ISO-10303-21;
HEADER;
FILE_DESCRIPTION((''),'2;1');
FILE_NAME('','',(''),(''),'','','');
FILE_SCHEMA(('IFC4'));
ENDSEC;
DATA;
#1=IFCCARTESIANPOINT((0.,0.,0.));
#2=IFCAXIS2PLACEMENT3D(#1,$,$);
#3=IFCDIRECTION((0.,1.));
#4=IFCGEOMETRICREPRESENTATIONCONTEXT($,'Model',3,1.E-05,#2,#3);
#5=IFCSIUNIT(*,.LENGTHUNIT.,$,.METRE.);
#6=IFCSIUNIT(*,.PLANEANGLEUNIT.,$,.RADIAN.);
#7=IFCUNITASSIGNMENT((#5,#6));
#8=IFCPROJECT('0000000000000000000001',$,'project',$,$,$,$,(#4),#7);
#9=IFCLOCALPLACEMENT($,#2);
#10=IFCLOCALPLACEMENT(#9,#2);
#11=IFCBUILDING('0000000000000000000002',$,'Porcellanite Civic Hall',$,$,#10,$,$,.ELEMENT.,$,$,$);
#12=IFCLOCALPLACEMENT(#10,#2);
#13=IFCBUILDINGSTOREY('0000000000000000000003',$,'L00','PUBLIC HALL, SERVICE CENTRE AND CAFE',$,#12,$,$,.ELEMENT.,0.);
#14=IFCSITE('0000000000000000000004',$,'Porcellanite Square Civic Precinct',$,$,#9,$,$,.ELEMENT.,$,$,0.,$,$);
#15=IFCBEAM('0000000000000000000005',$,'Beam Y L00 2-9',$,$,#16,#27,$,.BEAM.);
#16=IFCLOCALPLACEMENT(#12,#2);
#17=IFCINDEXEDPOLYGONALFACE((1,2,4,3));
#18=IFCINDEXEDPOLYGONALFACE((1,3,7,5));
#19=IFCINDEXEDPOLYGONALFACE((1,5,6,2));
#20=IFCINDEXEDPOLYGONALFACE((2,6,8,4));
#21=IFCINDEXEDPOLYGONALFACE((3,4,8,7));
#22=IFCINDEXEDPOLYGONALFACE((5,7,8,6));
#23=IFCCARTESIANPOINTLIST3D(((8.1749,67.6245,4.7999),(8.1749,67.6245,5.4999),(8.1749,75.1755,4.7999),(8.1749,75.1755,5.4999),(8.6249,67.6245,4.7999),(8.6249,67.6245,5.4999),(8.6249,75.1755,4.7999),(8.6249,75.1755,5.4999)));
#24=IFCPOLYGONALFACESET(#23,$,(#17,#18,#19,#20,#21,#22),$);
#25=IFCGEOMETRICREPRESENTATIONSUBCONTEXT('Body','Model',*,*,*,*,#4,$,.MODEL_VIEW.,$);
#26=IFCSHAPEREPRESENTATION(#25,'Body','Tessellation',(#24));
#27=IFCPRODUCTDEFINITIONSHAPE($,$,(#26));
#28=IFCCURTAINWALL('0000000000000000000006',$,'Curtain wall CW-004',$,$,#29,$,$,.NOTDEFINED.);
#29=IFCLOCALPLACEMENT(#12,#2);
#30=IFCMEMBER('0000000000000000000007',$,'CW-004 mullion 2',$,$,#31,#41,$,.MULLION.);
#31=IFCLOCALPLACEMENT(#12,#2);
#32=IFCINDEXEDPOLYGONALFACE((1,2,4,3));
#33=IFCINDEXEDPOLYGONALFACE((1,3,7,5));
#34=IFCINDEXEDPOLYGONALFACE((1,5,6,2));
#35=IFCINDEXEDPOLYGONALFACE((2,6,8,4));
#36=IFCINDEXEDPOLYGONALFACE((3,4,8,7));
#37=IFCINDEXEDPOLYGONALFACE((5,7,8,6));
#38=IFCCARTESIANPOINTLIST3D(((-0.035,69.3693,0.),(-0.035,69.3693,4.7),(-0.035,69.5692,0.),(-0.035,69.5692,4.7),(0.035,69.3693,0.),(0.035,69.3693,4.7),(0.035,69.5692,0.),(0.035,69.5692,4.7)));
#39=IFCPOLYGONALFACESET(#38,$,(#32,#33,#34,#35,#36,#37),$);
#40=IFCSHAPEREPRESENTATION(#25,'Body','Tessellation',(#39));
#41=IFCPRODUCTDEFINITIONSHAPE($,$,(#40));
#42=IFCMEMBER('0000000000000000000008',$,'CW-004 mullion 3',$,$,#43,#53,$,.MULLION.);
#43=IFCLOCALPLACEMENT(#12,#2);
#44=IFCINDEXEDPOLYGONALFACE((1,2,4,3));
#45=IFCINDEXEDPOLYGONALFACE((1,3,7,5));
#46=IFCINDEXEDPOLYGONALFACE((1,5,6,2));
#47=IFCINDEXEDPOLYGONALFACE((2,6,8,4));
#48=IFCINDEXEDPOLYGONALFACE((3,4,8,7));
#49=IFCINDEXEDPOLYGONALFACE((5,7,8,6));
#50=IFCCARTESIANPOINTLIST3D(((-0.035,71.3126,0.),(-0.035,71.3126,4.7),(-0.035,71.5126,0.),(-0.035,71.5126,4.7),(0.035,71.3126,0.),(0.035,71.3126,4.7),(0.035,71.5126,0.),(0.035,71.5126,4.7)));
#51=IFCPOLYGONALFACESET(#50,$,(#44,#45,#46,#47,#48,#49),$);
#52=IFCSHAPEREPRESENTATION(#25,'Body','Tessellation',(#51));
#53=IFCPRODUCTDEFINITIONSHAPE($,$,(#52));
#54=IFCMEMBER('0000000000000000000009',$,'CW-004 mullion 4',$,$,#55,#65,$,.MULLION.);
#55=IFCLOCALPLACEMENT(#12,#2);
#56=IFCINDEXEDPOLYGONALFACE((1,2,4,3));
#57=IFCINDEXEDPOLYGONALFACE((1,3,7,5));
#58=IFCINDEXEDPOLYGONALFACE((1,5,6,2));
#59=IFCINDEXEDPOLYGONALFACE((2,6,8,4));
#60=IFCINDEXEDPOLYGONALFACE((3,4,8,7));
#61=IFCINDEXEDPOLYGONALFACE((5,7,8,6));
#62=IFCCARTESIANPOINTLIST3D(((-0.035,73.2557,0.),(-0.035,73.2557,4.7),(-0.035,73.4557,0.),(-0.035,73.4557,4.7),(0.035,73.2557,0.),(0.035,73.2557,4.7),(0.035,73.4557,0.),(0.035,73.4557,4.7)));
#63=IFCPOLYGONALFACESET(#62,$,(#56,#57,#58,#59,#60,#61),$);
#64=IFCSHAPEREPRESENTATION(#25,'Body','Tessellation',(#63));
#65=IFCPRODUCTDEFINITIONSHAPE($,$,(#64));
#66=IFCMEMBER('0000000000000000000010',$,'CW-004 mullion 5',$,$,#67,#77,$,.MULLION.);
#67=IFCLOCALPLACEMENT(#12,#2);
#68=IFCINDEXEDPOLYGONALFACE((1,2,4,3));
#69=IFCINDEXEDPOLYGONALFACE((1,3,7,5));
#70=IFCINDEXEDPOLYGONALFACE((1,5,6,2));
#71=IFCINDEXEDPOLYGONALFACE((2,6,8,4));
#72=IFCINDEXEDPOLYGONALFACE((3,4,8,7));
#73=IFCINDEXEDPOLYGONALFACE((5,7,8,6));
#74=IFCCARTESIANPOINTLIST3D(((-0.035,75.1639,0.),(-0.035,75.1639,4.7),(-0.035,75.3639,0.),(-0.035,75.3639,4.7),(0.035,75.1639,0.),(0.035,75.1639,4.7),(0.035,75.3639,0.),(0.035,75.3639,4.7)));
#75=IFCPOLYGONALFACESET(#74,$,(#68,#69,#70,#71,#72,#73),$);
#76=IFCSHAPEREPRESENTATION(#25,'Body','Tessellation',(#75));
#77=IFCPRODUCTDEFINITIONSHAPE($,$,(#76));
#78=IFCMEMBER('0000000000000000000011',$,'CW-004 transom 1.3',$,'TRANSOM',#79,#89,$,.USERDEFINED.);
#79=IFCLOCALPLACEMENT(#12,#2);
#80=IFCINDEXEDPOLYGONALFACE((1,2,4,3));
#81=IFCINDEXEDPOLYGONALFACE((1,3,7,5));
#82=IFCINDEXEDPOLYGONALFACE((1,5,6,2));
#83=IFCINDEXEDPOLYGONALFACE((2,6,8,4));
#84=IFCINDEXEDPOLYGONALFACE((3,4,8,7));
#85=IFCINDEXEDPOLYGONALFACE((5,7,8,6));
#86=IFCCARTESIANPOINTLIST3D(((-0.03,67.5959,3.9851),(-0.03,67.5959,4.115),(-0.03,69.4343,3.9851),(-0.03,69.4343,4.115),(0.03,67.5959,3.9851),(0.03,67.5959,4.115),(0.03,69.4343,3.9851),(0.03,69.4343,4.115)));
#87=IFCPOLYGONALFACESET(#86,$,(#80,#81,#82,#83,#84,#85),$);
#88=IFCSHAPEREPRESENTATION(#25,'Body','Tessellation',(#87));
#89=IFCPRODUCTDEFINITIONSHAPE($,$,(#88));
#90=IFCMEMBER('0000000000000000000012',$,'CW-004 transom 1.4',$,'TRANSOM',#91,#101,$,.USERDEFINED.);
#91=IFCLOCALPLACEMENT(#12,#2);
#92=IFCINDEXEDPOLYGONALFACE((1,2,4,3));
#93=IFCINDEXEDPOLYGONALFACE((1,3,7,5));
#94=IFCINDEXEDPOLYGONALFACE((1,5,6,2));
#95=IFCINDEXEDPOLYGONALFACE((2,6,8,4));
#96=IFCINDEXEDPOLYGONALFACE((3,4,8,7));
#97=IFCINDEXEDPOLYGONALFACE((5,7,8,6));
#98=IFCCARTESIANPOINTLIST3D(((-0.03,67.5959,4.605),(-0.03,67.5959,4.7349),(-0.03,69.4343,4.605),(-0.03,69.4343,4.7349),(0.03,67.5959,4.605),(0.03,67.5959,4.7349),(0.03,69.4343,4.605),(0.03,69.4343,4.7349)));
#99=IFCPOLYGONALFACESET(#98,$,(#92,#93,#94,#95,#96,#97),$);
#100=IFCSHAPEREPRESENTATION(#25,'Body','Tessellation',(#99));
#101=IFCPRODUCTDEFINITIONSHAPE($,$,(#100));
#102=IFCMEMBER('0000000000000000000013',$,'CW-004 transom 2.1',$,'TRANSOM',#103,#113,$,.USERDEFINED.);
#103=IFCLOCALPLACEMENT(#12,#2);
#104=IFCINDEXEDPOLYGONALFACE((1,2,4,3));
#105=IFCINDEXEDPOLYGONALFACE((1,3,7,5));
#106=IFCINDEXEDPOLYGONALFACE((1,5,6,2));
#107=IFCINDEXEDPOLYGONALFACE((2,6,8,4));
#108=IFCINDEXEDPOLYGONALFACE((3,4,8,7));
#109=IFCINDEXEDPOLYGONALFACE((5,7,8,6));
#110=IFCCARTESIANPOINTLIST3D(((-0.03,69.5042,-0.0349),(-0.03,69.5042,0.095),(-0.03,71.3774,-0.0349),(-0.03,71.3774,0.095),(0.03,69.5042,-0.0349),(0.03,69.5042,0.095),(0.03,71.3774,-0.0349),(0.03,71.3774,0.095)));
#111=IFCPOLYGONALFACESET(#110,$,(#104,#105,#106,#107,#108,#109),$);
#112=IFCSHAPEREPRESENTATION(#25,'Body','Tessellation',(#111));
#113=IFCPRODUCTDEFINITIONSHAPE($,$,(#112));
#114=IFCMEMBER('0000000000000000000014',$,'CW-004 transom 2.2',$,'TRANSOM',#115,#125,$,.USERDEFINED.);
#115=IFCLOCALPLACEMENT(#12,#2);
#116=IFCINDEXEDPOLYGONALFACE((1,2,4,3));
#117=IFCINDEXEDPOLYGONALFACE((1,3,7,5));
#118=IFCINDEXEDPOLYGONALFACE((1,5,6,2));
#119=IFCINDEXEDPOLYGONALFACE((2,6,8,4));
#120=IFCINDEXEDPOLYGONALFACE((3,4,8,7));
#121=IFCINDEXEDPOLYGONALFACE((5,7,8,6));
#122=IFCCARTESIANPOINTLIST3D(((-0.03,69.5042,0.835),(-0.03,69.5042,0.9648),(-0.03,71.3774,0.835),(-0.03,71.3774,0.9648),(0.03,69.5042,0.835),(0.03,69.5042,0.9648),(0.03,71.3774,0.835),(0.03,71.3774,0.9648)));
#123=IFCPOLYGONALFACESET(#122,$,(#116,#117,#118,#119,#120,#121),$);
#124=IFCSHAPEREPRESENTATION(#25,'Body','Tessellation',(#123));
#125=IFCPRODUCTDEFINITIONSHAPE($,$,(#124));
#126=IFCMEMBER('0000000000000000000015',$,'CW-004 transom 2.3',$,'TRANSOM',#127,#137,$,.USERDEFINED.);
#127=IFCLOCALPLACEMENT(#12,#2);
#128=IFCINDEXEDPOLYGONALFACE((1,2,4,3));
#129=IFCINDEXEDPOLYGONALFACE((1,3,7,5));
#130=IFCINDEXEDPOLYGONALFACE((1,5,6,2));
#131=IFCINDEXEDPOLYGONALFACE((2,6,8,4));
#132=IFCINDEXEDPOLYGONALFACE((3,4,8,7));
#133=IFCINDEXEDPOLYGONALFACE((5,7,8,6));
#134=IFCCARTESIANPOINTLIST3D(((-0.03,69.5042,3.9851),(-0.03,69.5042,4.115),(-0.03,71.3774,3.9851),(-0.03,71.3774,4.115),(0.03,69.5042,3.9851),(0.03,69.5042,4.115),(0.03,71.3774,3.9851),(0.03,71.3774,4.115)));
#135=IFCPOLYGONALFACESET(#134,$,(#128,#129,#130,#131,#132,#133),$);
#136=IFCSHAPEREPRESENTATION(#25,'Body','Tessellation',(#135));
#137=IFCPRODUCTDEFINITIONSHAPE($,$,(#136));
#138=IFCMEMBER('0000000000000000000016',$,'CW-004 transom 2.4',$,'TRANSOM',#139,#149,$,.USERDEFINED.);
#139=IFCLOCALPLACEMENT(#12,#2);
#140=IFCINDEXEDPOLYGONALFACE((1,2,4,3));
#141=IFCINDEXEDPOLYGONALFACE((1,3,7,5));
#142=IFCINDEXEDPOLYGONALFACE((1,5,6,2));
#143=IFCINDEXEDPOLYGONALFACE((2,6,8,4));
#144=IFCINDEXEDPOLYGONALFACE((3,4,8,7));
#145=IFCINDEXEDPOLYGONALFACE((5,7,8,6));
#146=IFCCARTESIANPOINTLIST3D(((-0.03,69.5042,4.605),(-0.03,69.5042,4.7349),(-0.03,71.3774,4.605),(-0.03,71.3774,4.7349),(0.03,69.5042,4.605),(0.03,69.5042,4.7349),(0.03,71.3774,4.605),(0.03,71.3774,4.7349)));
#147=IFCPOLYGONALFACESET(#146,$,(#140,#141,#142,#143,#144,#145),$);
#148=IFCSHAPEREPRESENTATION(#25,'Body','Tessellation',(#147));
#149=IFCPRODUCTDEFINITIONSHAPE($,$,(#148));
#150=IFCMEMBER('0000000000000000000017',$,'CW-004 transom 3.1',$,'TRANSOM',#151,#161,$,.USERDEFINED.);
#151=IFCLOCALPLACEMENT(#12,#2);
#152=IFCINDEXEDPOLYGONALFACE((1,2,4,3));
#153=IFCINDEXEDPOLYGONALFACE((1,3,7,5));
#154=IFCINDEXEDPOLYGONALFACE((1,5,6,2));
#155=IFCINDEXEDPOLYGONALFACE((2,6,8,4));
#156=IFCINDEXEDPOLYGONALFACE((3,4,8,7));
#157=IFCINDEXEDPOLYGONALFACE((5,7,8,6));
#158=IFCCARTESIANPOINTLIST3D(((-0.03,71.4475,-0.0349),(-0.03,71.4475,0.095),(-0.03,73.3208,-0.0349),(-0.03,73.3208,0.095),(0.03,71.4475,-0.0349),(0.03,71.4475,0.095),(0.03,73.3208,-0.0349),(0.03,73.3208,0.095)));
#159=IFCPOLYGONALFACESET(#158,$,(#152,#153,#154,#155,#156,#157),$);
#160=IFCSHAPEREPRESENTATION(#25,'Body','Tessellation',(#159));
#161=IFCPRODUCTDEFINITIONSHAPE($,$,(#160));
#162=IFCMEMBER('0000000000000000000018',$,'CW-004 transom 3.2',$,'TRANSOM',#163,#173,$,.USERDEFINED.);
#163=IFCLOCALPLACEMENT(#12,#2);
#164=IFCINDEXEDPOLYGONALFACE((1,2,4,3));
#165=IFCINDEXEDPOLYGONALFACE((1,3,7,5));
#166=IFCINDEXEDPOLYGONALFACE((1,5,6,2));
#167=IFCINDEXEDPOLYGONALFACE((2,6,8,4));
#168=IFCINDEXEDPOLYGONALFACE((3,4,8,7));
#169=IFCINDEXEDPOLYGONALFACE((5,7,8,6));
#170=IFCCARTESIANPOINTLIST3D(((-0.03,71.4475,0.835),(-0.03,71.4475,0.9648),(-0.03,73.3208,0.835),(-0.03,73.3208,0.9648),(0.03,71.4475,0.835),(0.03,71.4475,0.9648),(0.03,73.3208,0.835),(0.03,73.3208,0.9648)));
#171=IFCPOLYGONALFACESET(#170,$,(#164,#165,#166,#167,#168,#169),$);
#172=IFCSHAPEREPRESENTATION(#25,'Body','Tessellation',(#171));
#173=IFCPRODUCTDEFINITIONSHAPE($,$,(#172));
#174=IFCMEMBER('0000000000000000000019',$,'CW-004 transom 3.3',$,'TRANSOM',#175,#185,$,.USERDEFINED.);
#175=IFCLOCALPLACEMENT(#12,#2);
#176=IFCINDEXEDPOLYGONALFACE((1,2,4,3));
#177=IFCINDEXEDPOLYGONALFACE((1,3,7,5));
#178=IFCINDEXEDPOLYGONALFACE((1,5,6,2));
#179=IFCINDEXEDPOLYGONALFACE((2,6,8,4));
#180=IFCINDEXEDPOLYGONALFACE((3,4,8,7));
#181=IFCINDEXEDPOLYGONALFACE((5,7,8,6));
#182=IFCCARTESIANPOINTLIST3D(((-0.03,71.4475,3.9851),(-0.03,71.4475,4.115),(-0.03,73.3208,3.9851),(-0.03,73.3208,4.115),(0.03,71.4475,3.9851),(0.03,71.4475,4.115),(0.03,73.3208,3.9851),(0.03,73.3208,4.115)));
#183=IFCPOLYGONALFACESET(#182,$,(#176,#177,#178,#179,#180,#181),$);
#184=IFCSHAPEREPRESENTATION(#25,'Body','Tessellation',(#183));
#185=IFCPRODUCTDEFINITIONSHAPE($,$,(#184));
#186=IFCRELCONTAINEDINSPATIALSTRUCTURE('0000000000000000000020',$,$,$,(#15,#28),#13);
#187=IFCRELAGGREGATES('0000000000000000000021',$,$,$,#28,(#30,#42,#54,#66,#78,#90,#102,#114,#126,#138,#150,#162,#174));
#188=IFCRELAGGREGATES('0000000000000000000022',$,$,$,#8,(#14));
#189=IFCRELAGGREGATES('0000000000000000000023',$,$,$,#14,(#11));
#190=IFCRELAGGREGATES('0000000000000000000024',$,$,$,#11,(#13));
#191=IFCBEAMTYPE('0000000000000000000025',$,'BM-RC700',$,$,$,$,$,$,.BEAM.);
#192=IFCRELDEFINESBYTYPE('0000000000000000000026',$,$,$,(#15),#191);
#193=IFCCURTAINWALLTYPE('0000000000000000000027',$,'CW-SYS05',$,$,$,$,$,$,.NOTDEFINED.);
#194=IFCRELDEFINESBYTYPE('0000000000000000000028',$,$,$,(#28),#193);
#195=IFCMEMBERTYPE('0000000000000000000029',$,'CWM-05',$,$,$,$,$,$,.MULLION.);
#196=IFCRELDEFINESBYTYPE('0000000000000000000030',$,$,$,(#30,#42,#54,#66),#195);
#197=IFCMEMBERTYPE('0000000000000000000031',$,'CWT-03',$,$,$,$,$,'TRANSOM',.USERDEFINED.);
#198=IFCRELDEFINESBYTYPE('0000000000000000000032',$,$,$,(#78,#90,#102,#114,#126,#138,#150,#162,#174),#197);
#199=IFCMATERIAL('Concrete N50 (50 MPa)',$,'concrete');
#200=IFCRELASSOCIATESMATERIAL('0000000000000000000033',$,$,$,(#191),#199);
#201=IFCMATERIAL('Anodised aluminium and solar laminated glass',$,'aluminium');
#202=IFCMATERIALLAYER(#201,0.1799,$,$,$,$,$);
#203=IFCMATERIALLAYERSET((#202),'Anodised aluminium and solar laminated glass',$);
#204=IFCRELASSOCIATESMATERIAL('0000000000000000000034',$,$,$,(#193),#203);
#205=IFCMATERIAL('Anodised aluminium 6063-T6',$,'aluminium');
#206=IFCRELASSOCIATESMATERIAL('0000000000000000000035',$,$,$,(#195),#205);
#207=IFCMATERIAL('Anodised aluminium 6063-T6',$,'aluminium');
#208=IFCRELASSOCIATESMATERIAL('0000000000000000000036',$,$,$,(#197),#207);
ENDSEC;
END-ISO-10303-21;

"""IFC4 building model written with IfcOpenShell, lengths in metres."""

from ifc_helpers import new_model, si_unit, direction, frame, origin, origin_2d, place, context, subcontext, project, spatial, rectangle, extrude, material, layer, layer_set, material_profile, profile_set, type_object, element, aggregate, save


model = new_model("IFC4")

# Units and contexts
model_context = context("Model", 3, precision=1e-05, world=origin(), true_north=direction((0.0, 1.0)))
body_context = subcontext(model_context, "Body", "Model", "MODEL_VIEW")
ifc_project = project(units=[si_unit("LENGTHUNIT", "METRE"), si_unit("PLANEANGLEUNIT", "RADIAN")], contexts=[model_context])

# Site, building, storey
site_placement = place(None, origin())
site = spatial("IfcSite", under=ifc_project, at=site_placement, Name="Porcellanite Square Civic Precinct", CompositionType="ELEMENT", RefElevation=0.0)
building_placement = place(site_placement, origin())
building = spatial("IfcBuilding", under=site, at=building_placement, Name="Porcellanite Civic Hall", CompositionType="ELEMENT")
storey_placement = place(building_placement, origin())
storey = spatial("IfcBuildingStorey", under=building, at=storey_placement, Name="L00", Description="PUBLIC HALL, SERVICE CENTRE AND CAFE", CompositionType="ELEMENT", Elevation=0.0)

# Beam
ifc_material_1 = material(Name="Concrete N50 (50 MPa)", Category="concrete")
ifc_material_profile_1 = material_profile(ifc_material_1, rectangle(XDim=0.45, YDim=0.7, at=origin_2d()), Name="RC-450x700")
ifc_profile_set_1 = profile_set([ifc_material_profile_1], Name="Concrete N50 (50 MPa)")
beam_type = type_object("IfcBeamType", Name="BM-RC700", PredefinedType="BEAM", material=ifc_profile_set_1)
beam_placement = place(storey_placement, frame((8.3999, 67.6245, 5.1499), z_axis=(0.0, 1.0, 0.0), x_axis=(-1.0, 0.0, 0.0)))
element("IfcBeam", 1, at=beam_placement, inside=storey, type_object=beam_type, Name="Beam Y L00 2-9", PredefinedType="BEAM", context=body_context, shape_type="SweptSolid", body=[
    extrude(rectangle(XDim=0.45, YDim=0.7, at=origin_2d()), origin(), (0.0, 0.0, 1.0), 7.551),
])

# Curtain wall, members
ifc_material_2 = material(Name="Anodised aluminium and solar laminated glass", Category="aluminium")
ifc_layer_1 = layer(ifc_material_2, 0.1799)
ifc_layer_set_1 = layer_set([ifc_layer_1], Name="Anodised aluminium and solar laminated glass")
curtain_wall_type = type_object("IfcCurtainWallType", Name="CW-SYS05", PredefinedType="NOTDEFINED", material=ifc_layer_set_1)
curtain_wall_placement = place(storey_placement, origin())
curtain_wall = element("IfcCurtainWall", 2, at=curtain_wall_placement, inside=storey, type_object=curtain_wall_type, Name="Curtain wall CW-004", PredefinedType="NOTDEFINED")
ifc_material_3 = material(Name="Anodised aluminium 6063-T6", Category="aluminium")
ifc_material_profile_2 = material_profile(ifc_material_3, rectangle(XDim=0.0701, YDim=0.2, at=origin_2d()), Name="AL-70x200")
ifc_profile_set_2 = profile_set([ifc_material_profile_2], Name="Anodised aluminium 6063-T6")
member_type_1 = type_object("IfcMemberType", Name="CWM-05", PredefinedType="MULLION", material=ifc_profile_set_2)
member_1_placement = place(storey_placement, frame((0.0, 69.4692, 0.0), z_axis=(0.0, 0.0, 1.0), x_axis=(-1.0, 0.0, 0.0)))
member_1 = element("IfcMember", 3, at=member_1_placement, type_object=member_type_1, Name="CW-004 mullion 2", PredefinedType="MULLION", context=body_context, shape_type="SweptSolid", body=[
    extrude(rectangle(XDim=0.0701, YDim=0.2, at=origin_2d()), origin(), (0.0, 0.0, 1.0), 4.7),
])
member_2_placement = place(storey_placement, frame((0.0, 71.4126, 0.0), z_axis=(0.0, 0.0, 1.0), x_axis=(-1.0, 0.0, 0.0)))
member_2 = element("IfcMember", 4, at=member_2_placement, type_object=member_type_1, Name="CW-004 mullion 3", PredefinedType="MULLION", context=body_context, shape_type="SweptSolid", body=[
    extrude(rectangle(XDim=0.0701, YDim=0.2, at=origin_2d()), origin(), (0.0, 0.0, 1.0), 4.7),
])
member_3_placement = place(storey_placement, frame((0.0, 73.3557, 0.0), z_axis=(0.0, 0.0, 1.0), x_axis=(-1.0, 0.0, 0.0)))
member_3 = element("IfcMember", 5, at=member_3_placement, type_object=member_type_1, Name="CW-004 mullion 4", PredefinedType="MULLION", context=body_context, shape_type="SweptSolid", body=[
    extrude(rectangle(XDim=0.0701, YDim=0.2, at=origin_2d()), origin(), (0.0, 0.0, 1.0), 4.7),
])
member_4_placement = place(storey_placement, frame((0.0, 75.2639, 0.0), z_axis=(0.0, 0.0, 1.0), x_axis=(-1.0, 0.0, 0.0)))
member_4 = element("IfcMember", 6, at=member_4_placement, type_object=member_type_1, Name="CW-004 mullion 5", PredefinedType="MULLION", context=body_context, shape_type="SweptSolid", body=[
    extrude(rectangle(XDim=0.0701, YDim=0.2, at=origin_2d()), origin(), (0.0, 0.0, 1.0), 4.7),
])
ifc_material_4 = material(Name="Anodised aluminium 6063-T6", Category="aluminium")
ifc_material_profile_3 = material_profile(ifc_material_4, rectangle(XDim=0.0601, YDim=0.1299, at=origin_2d()), Name="AL-60x130")
ifc_profile_set_3 = profile_set([ifc_material_profile_3], Name="Anodised aluminium 6063-T6")
member_type_2 = type_object("IfcMemberType", Name="CWT-03", ElementType="TRANSOM", PredefinedType="USERDEFINED", material=ifc_profile_set_3)
member_5_placement = place(storey_placement, frame((0.0, 67.5959, 4.05), z_axis=(0.0, 1.0, 0.0), x_axis=(-1.0, 0.0, 0.0)))
member_5 = element("IfcMember", 7, at=member_5_placement, type_object=member_type_2, Name="CW-004 transom 1.3", ObjectType="TRANSOM", PredefinedType="USERDEFINED", context=body_context, shape_type="SweptSolid", body=[
    extrude(rectangle(XDim=0.0601, YDim=0.1299, at=origin_2d()), origin(), (0.0, 0.0, 1.0), 1.8384),
])
member_6_placement = place(storey_placement, frame((0.0, 67.5959, 4.6699), z_axis=(0.0, 1.0, 0.0), x_axis=(-1.0, 0.0, 0.0)))
member_6 = element("IfcMember", 8, at=member_6_placement, type_object=member_type_2, Name="CW-004 transom 1.4", ObjectType="TRANSOM", PredefinedType="USERDEFINED", context=body_context, shape_type="SweptSolid", body=[
    extrude(rectangle(XDim=0.0601, YDim=0.1299, at=origin_2d()), origin(), (0.0, 0.0, 1.0), 1.8384),
])
member_7_placement = place(storey_placement, frame((0.0, 69.5042, 0.03), z_axis=(0.0, 1.0, 0.0), x_axis=(-1.0, 0.0, 0.0)))
member_7 = element("IfcMember", 9, at=member_7_placement, type_object=member_type_2, Name="CW-004 transom 2.1", ObjectType="TRANSOM", PredefinedType="USERDEFINED", context=body_context, shape_type="SweptSolid", body=[
    extrude(rectangle(XDim=0.0601, YDim=0.1299, at=origin_2d()), origin(), (0.0, 0.0, 1.0), 1.8733),
])
member_8_placement = place(storey_placement, frame((0.0, 69.5042, 0.8999), z_axis=(0.0, 1.0, 0.0), x_axis=(-1.0, 0.0, 0.0)))
member_8 = element("IfcMember", 10, at=member_8_placement, type_object=member_type_2, Name="CW-004 transom 2.2", ObjectType="TRANSOM", PredefinedType="USERDEFINED", context=body_context, shape_type="SweptSolid", body=[
    extrude(rectangle(XDim=0.0601, YDim=0.1299, at=origin_2d()), origin(), (0.0, 0.0, 1.0), 1.8733),
])
member_9_placement = place(storey_placement, frame((0.0, 69.5042, 4.05), z_axis=(0.0, 1.0, 0.0), x_axis=(-1.0, 0.0, 0.0)))
member_9 = element("IfcMember", 11, at=member_9_placement, type_object=member_type_2, Name="CW-004 transom 2.3", ObjectType="TRANSOM", PredefinedType="USERDEFINED", context=body_context, shape_type="SweptSolid", body=[
    extrude(rectangle(XDim=0.0601, YDim=0.1299, at=origin_2d()), origin(), (0.0, 0.0, 1.0), 1.8733),
])
member_10_placement = place(storey_placement, frame((0.0, 69.5042, 4.6699), z_axis=(0.0, 1.0, 0.0), x_axis=(-1.0, 0.0, 0.0)))
member_10 = element("IfcMember", 12, at=member_10_placement, type_object=member_type_2, Name="CW-004 transom 2.4", ObjectType="TRANSOM", PredefinedType="USERDEFINED", context=body_context, shape_type="SweptSolid", body=[
    extrude(rectangle(XDim=0.0601, YDim=0.1299, at=origin_2d()), origin(), (0.0, 0.0, 1.0), 1.8733),
])
member_11_placement = place(storey_placement, frame((0.0, 71.4475, 0.03), z_axis=(0.0, 1.0, 0.0), x_axis=(-1.0, 0.0, 0.0)))
member_11 = element("IfcMember", 13, at=member_11_placement, type_object=member_type_2, Name="CW-004 transom 3.1", ObjectType="TRANSOM", PredefinedType="USERDEFINED", context=body_context, shape_type="SweptSolid", body=[
    extrude(rectangle(XDim=0.0601, YDim=0.1299, at=origin_2d()), origin(), (0.0, 0.0, 1.0), 1.8733),
])
member_12_placement = place(storey_placement, frame((0.0, 71.4475, 0.8999), z_axis=(0.0, 1.0, 0.0), x_axis=(-1.0, 0.0, 0.0)))
member_12 = element("IfcMember", 14, at=member_12_placement, type_object=member_type_2, Name="CW-004 transom 3.2", ObjectType="TRANSOM", PredefinedType="USERDEFINED", context=body_context, shape_type="SweptSolid", body=[
    extrude(rectangle(XDim=0.0601, YDim=0.1299, at=origin_2d()), origin(), (0.0, 0.0, 1.0), 1.8733),
])
member_13_placement = place(storey_placement, frame((0.0, 71.4475, 4.05), z_axis=(0.0, 1.0, 0.0), x_axis=(-1.0, 0.0, 0.0)))
member_13 = element("IfcMember", 15, at=member_13_placement, type_object=member_type_2, Name="CW-004 transom 3.3", ObjectType="TRANSOM", PredefinedType="USERDEFINED", context=body_context, shape_type="SweptSolid", body=[
    extrude(rectangle(XDim=0.0601, YDim=0.1299, at=origin_2d()), origin(), (0.0, 0.0, 1.0), 1.8733),
])
aggregate(curtain_wall, [member_1, member_2, member_3, member_4, member_5, member_6, member_7, member_8, member_9, member_10, member_11, member_12, member_13])

save(model, "model.ifc")
